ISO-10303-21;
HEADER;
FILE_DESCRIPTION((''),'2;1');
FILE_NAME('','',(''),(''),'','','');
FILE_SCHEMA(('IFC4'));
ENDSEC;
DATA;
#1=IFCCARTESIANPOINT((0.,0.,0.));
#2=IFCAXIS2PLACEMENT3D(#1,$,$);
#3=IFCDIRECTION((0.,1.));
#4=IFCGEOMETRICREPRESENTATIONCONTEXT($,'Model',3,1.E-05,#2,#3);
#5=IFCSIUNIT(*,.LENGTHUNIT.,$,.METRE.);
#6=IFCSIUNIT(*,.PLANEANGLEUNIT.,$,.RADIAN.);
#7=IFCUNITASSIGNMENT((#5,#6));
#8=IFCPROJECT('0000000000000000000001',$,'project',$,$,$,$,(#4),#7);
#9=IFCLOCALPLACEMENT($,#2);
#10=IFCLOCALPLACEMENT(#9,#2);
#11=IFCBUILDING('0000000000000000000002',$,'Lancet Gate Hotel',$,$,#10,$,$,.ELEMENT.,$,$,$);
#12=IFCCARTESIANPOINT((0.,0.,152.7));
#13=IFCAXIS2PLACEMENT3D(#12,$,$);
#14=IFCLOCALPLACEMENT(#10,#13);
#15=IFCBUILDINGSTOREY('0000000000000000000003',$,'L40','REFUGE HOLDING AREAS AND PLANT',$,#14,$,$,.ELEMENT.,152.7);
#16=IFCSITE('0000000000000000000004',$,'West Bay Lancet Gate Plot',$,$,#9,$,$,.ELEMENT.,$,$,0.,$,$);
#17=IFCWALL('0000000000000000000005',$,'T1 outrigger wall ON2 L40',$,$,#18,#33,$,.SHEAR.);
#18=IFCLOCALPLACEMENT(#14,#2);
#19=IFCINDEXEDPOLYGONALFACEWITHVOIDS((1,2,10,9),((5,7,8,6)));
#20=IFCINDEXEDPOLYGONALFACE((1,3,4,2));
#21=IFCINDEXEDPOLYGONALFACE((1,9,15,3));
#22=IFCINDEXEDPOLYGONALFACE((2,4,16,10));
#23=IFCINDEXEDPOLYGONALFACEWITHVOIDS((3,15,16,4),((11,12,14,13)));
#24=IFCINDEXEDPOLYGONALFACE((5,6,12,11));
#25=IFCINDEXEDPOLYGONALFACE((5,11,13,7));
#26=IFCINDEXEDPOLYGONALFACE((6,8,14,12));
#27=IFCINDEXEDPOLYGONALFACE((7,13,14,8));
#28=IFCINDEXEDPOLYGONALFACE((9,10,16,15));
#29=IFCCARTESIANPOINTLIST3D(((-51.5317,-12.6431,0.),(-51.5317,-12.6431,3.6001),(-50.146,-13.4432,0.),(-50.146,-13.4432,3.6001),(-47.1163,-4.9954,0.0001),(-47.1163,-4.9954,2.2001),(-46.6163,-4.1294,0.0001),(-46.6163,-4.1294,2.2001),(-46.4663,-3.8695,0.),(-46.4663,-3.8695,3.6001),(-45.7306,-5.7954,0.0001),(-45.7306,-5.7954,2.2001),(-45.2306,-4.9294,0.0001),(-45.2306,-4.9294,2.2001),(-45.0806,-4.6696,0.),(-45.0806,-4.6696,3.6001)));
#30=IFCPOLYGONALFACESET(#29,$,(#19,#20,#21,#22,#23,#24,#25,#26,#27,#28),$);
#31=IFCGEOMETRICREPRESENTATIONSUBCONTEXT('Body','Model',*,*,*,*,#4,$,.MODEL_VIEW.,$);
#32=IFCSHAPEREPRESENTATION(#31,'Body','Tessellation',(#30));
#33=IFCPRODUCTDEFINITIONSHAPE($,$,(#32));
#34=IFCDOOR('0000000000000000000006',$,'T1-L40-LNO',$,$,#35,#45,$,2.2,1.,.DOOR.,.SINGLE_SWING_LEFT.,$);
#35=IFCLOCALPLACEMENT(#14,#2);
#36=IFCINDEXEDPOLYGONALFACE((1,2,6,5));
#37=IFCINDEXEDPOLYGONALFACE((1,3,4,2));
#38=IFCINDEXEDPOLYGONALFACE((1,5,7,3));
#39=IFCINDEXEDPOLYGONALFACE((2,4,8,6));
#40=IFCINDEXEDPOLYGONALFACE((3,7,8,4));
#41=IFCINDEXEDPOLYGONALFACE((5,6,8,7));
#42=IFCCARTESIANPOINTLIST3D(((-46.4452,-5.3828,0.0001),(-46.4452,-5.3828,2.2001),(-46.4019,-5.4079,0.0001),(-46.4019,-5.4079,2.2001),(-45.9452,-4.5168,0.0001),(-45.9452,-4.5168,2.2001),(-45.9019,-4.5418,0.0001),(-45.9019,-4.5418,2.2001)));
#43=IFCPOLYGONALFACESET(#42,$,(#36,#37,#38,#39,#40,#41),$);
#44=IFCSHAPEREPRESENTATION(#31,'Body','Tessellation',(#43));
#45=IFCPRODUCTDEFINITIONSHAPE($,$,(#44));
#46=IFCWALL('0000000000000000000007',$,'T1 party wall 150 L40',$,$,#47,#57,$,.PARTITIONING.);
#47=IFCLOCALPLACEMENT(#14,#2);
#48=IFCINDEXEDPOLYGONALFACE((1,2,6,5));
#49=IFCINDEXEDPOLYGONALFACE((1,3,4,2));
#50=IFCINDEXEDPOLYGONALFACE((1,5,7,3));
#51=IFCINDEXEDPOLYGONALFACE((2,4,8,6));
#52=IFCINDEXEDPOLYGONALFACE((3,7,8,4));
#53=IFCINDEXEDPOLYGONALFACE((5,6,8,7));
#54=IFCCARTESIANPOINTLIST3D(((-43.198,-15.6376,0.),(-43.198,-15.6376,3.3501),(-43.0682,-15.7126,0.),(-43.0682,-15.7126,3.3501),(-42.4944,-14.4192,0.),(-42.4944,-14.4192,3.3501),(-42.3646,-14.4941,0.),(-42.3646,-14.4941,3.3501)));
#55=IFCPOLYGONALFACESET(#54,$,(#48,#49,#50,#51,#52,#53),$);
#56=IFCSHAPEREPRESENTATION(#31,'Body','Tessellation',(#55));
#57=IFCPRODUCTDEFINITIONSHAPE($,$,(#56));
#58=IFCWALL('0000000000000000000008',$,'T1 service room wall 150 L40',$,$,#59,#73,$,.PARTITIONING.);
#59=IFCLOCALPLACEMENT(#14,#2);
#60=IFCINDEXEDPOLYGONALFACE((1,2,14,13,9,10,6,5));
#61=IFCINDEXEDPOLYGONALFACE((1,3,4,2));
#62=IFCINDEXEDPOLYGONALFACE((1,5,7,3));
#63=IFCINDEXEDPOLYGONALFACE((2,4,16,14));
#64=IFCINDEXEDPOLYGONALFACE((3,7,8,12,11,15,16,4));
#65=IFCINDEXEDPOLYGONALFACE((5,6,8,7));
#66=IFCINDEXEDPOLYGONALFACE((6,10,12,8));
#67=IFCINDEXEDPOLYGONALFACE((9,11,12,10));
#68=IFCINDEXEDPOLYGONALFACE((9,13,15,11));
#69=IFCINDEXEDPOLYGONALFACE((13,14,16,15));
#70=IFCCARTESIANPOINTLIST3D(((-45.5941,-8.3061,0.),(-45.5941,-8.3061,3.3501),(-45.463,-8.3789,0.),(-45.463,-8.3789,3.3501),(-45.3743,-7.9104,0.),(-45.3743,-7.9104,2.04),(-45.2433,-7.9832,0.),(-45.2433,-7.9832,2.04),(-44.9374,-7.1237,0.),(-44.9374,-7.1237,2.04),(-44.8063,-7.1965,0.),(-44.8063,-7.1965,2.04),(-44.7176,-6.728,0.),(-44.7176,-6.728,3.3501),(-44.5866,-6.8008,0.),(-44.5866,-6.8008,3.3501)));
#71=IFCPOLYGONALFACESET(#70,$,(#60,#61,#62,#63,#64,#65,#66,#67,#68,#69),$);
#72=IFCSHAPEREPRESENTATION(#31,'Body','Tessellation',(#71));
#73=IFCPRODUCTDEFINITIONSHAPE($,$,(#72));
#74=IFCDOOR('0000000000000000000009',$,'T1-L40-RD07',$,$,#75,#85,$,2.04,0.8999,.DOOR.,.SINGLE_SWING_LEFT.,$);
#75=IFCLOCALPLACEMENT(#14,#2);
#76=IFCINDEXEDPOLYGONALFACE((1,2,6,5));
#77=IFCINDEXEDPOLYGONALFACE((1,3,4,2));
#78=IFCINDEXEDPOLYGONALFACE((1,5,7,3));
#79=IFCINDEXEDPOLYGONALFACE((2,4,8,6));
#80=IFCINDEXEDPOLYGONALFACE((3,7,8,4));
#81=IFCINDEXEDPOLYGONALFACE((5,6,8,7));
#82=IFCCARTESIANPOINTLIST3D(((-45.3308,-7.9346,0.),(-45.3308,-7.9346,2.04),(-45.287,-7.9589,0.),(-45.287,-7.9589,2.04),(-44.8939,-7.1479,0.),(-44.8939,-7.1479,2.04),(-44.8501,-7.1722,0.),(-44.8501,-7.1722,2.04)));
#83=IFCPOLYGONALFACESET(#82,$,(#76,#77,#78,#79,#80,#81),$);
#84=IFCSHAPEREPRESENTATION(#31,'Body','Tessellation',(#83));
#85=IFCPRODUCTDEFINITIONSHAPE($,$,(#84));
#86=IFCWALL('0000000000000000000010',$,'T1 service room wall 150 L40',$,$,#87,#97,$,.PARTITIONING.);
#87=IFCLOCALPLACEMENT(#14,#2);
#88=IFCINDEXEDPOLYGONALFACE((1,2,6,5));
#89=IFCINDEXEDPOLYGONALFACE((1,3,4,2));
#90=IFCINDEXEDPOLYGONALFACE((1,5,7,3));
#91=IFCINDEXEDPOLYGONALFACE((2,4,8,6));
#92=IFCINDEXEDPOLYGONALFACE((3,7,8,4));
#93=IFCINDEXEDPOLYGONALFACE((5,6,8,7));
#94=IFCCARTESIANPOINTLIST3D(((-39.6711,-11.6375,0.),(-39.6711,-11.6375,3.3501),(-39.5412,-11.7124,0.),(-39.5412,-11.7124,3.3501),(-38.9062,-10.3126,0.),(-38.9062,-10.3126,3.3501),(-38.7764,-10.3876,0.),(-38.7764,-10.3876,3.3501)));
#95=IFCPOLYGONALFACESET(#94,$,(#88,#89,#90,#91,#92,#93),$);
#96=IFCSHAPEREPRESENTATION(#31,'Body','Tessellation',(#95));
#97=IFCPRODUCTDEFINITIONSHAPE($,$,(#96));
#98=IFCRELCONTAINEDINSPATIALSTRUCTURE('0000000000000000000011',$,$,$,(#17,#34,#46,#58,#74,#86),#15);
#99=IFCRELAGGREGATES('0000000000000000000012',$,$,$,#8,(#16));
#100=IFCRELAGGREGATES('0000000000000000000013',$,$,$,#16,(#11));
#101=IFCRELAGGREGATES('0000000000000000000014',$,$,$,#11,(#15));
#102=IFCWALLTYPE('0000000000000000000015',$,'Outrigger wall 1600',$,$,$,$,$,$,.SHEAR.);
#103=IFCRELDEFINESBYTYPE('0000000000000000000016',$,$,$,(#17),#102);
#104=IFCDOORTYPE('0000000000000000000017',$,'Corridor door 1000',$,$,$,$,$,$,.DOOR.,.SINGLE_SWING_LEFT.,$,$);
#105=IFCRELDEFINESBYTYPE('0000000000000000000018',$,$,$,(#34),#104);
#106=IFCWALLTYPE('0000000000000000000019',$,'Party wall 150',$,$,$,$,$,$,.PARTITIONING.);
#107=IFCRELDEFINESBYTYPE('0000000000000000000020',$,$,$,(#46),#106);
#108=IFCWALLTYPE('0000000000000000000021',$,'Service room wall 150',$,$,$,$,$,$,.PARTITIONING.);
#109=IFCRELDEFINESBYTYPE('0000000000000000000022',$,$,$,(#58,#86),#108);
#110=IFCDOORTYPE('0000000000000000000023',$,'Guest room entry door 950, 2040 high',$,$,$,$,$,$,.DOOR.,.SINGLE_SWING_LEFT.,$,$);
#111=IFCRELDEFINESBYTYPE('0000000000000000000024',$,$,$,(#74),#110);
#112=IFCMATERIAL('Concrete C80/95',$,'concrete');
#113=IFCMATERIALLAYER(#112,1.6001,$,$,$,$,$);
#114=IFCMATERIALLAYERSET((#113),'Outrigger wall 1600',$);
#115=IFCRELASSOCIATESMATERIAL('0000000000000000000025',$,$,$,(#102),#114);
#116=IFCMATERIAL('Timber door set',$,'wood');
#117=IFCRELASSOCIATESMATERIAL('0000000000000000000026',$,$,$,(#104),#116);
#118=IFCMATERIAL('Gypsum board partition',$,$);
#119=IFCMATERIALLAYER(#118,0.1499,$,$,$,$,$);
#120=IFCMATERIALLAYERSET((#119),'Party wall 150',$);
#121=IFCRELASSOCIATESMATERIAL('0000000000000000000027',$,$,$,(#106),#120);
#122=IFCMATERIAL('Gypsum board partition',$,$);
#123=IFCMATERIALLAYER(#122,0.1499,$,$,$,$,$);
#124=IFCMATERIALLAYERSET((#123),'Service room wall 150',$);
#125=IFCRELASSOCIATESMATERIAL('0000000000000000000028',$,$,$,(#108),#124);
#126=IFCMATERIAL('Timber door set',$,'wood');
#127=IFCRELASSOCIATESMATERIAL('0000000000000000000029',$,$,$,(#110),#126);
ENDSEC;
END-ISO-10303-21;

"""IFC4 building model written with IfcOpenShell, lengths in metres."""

from ifc_helpers import new_model, si_unit, direction, frame, frame_2d, origin, place, context, subcontext, project, spatial, rectangle, extrude, material, layer, layer_set, type_object, element, fill, save


model = new_model("IFC4")

# Units and contexts
model_context = context("Model", 3, precision=1e-05, world=origin(), true_north=direction((0.0, 1.0)))
body_context = subcontext(model_context, "Body", "Model", "MODEL_VIEW")
ifc_project = project(units=[si_unit("LENGTHUNIT", "METRE"), si_unit("PLANEANGLEUNIT", "RADIAN")], contexts=[model_context])

# Site, building, storey
site_placement = place(None, origin())
site = spatial("IfcSite", under=ifc_project, at=site_placement, Name="West Bay Lancet Gate Plot", CompositionType="ELEMENT", RefElevation=0.0)
building_placement = place(site_placement, origin())
building = spatial("IfcBuilding", under=site, at=building_placement, Name="Lancet Gate Hotel", CompositionType="ELEMENT")
storey_placement = place(building_placement, frame((0.0, 0.0, 152.7)))
storey = spatial("IfcBuildingStorey", under=building, at=storey_placement, Name="L40", Description="REFUGE HOLDING AREAS AND PLANT", CompositionType="ELEMENT", Elevation=152.7)

# Wall, opening, door
ifc_material_1 = material(Name="Concrete C80/95", Category="concrete")
ifc_layer_1 = layer(ifc_material_1, 1.6001)
ifc_layer_set_1 = layer_set([ifc_layer_1], Name="Outrigger wall 1600")
wall_type_1 = type_object("IfcWallType", Name="Outrigger wall 1600", PredefinedType="SHEAR", material=ifc_layer_set_1)
wall_1_placement = place(storey_placement, frame((-45.7734, -4.2695, 0.0), z_axis=(0.0, 0.0, 1.0), x_axis=(-0.499996, -0.866028, 0.0)))
wall_1 = element("IfcWall", 1, at=wall_1_placement, inside=storey, type_object=wall_type_1, Name="T1 outrigger wall ON2 L40", PredefinedType="SHEAR", context=body_context, shape_type="SweptSolid", body=[
    extrude(rectangle(XDim=10.1309, YDim=1.6001, at=frame_2d((5.0654, 0.0))), origin(), (0.0, 0.0, 1.0), 3.6001),
])
opening_1_placement = place(wall_1_placement, frame((0.3, 0.0, 0.0)))
opening_1 = element("IfcOpeningElement", 2, at=opening_1_placement, cuts=wall_1, PredefinedType="OPENING", context=body_context, shape_type="SweptSolid", body=[
    extrude(rectangle(XDim=1.0, YDim=2.2, at=frame_2d((0.5, 1.1001))), frame((0.0, 0.8101, 0.0), z_axis=(0.0, -1.0, 0.0), x_axis=(1.0, 0.0, 0.0)), (0.0, 0.0, 1.0), 1.6201),
])
ifc_material_2 = material(Name="Timber door set", Category="wood")
door_type_1 = type_object("IfcDoorType", Name="Corridor door 1000", OperationType="SINGLE_SWING_LEFT", PredefinedType="DOOR", material=ifc_material_2)
door_1_placement = place(opening_1_placement, origin())
door_1 = element("IfcDoor", 3, at=door_1_placement, inside=storey, type_object=door_type_1, Name="T1-L40-LNO", OperationType="SINGLE_SWING_LEFT", OverallHeight=2.2, OverallWidth=1.0, PredefinedType="DOOR", context=body_context, shape_type="SweptSolid", body=[
    extrude(rectangle(XDim=1.0, YDim=2.2, at=frame_2d((0.5, 1.1001))), frame((0.0, 0.0249, 0.0), z_axis=(0.0, -1.0, 0.0), x_axis=(1.0, 0.0, 0.0)), (0.0, 0.0, 1.0), 0.05),
])
fill(opening_1, door_1)

# Wall
ifc_material_3 = material(Name="Gypsum board partition")
ifc_layer_2 = layer(ifc_material_3, 0.1499)
ifc_layer_set_2 = layer_set([ifc_layer_2], Name="Party wall 150")
wall_type_2 = type_object("IfcWallType", Name="Party wall 150", PredefinedType="PARTITIONING", material=ifc_layer_set_2)
wall_2_placement = place(storey_placement, frame((-42.4294, -14.4565, 0.0), z_axis=(0.0, 0.0, 1.0), x_axis=(-0.500058, -0.865992, 0.0)))
element("IfcWall", 4, at=wall_2_placement, inside=storey, type_object=wall_type_2, Name="T1 party wall 150 L40", PredefinedType="PARTITIONING", context=body_context, shape_type="SweptSolid", body=[
    extrude(rectangle(XDim=1.407, YDim=0.1499, at=frame_2d((0.7036, 0.0))), origin(), (0.0, 0.0, 1.0), 3.3501),
])

# Wall, opening, door
ifc_material_4 = material(Name="Gypsum board partition")
ifc_layer_3 = layer(ifc_material_4, 0.1499)
ifc_layer_set_3 = layer_set([ifc_layer_3], Name="Service room wall 150")
wall_type_3 = type_object("IfcWallType", Name="Service room wall 150", PredefinedType="PARTITIONING", material=ifc_layer_set_3)
wall_3_placement = place(storey_placement, frame((-44.6521, -6.7644, 0.0), z_axis=(0.0, 0.0, 1.0), x_axis=(-0.485528, -0.874221, 0.0)))
wall_3 = element("IfcWall", 5, at=wall_3_placement, inside=storey, type_object=wall_type_3, Name="T1 service room wall 150 L40", PredefinedType="PARTITIONING", context=body_context, shape_type="SweptSolid", body=[
    extrude(rectangle(XDim=1.8052, YDim=0.1499, at=frame_2d((0.9026, 0.0))), origin(), (0.0, 0.0, 1.0), 3.3501),
])
opening_2_placement = place(wall_3_placement, frame((0.4526, 0.0, 0.0)))
opening_2 = element("IfcOpeningElement", 6, at=opening_2_placement, cuts=wall_3, PredefinedType="OPENING", context=body_context, shape_type="SweptSolid", body=[
    extrude(rectangle(XDim=0.8999, YDim=2.04, at=frame_2d((0.45, 1.02))), frame((0.0, 0.085, 0.0), z_axis=(0.0, -1.0, 0.0), x_axis=(1.0, 0.0, 0.0)), (0.0, 0.0, 1.0), 0.1699),
])
ifc_material_5 = material(Name="Timber door set", Category="wood")
door_type_2 = type_object("IfcDoorType", Name="Guest room entry door 950, 2040 high", OperationType="SINGLE_SWING_LEFT", PredefinedType="DOOR", material=ifc_material_5)
door_2_placement = place(opening_2_placement, origin())
door_2 = element("IfcDoor", 7, at=door_2_placement, inside=storey, type_object=door_type_2, Name="T1-L40-RD07", OperationType="SINGLE_SWING_LEFT", OverallHeight=2.04, OverallWidth=0.8999, PredefinedType="DOOR", context=body_context, shape_type="SweptSolid", body=[
    extrude(rectangle(XDim=0.8999, YDim=2.04, at=frame_2d((0.45, 1.02))), frame((0.0, 0.0249, 0.0), z_axis=(0.0, -1.0, 0.0), x_axis=(1.0, 0.0, 0.0)), (0.0, 0.0, 1.0), 0.05),
])
fill(opening_2, door_2)

# Wall
wall_4_placement = place(storey_placement, frame((-38.8413, -10.3501, 0.0), z_axis=(0.0, 0.0, 1.0), x_axis=(-0.499966, -0.866045, 0.0)))
element("IfcWall", 8, at=wall_4_placement, inside=storey, type_object=wall_type_3, Name="T1 service room wall 150 L40", PredefinedType="PARTITIONING", context=body_context, shape_type="SweptSolid", body=[
    extrude(rectangle(XDim=1.5298, YDim=0.1499, at=frame_2d((0.7649, 0.0))), origin(), (0.0, 0.0, 1.0), 3.3501),
])

save(model, "model.ifc")
